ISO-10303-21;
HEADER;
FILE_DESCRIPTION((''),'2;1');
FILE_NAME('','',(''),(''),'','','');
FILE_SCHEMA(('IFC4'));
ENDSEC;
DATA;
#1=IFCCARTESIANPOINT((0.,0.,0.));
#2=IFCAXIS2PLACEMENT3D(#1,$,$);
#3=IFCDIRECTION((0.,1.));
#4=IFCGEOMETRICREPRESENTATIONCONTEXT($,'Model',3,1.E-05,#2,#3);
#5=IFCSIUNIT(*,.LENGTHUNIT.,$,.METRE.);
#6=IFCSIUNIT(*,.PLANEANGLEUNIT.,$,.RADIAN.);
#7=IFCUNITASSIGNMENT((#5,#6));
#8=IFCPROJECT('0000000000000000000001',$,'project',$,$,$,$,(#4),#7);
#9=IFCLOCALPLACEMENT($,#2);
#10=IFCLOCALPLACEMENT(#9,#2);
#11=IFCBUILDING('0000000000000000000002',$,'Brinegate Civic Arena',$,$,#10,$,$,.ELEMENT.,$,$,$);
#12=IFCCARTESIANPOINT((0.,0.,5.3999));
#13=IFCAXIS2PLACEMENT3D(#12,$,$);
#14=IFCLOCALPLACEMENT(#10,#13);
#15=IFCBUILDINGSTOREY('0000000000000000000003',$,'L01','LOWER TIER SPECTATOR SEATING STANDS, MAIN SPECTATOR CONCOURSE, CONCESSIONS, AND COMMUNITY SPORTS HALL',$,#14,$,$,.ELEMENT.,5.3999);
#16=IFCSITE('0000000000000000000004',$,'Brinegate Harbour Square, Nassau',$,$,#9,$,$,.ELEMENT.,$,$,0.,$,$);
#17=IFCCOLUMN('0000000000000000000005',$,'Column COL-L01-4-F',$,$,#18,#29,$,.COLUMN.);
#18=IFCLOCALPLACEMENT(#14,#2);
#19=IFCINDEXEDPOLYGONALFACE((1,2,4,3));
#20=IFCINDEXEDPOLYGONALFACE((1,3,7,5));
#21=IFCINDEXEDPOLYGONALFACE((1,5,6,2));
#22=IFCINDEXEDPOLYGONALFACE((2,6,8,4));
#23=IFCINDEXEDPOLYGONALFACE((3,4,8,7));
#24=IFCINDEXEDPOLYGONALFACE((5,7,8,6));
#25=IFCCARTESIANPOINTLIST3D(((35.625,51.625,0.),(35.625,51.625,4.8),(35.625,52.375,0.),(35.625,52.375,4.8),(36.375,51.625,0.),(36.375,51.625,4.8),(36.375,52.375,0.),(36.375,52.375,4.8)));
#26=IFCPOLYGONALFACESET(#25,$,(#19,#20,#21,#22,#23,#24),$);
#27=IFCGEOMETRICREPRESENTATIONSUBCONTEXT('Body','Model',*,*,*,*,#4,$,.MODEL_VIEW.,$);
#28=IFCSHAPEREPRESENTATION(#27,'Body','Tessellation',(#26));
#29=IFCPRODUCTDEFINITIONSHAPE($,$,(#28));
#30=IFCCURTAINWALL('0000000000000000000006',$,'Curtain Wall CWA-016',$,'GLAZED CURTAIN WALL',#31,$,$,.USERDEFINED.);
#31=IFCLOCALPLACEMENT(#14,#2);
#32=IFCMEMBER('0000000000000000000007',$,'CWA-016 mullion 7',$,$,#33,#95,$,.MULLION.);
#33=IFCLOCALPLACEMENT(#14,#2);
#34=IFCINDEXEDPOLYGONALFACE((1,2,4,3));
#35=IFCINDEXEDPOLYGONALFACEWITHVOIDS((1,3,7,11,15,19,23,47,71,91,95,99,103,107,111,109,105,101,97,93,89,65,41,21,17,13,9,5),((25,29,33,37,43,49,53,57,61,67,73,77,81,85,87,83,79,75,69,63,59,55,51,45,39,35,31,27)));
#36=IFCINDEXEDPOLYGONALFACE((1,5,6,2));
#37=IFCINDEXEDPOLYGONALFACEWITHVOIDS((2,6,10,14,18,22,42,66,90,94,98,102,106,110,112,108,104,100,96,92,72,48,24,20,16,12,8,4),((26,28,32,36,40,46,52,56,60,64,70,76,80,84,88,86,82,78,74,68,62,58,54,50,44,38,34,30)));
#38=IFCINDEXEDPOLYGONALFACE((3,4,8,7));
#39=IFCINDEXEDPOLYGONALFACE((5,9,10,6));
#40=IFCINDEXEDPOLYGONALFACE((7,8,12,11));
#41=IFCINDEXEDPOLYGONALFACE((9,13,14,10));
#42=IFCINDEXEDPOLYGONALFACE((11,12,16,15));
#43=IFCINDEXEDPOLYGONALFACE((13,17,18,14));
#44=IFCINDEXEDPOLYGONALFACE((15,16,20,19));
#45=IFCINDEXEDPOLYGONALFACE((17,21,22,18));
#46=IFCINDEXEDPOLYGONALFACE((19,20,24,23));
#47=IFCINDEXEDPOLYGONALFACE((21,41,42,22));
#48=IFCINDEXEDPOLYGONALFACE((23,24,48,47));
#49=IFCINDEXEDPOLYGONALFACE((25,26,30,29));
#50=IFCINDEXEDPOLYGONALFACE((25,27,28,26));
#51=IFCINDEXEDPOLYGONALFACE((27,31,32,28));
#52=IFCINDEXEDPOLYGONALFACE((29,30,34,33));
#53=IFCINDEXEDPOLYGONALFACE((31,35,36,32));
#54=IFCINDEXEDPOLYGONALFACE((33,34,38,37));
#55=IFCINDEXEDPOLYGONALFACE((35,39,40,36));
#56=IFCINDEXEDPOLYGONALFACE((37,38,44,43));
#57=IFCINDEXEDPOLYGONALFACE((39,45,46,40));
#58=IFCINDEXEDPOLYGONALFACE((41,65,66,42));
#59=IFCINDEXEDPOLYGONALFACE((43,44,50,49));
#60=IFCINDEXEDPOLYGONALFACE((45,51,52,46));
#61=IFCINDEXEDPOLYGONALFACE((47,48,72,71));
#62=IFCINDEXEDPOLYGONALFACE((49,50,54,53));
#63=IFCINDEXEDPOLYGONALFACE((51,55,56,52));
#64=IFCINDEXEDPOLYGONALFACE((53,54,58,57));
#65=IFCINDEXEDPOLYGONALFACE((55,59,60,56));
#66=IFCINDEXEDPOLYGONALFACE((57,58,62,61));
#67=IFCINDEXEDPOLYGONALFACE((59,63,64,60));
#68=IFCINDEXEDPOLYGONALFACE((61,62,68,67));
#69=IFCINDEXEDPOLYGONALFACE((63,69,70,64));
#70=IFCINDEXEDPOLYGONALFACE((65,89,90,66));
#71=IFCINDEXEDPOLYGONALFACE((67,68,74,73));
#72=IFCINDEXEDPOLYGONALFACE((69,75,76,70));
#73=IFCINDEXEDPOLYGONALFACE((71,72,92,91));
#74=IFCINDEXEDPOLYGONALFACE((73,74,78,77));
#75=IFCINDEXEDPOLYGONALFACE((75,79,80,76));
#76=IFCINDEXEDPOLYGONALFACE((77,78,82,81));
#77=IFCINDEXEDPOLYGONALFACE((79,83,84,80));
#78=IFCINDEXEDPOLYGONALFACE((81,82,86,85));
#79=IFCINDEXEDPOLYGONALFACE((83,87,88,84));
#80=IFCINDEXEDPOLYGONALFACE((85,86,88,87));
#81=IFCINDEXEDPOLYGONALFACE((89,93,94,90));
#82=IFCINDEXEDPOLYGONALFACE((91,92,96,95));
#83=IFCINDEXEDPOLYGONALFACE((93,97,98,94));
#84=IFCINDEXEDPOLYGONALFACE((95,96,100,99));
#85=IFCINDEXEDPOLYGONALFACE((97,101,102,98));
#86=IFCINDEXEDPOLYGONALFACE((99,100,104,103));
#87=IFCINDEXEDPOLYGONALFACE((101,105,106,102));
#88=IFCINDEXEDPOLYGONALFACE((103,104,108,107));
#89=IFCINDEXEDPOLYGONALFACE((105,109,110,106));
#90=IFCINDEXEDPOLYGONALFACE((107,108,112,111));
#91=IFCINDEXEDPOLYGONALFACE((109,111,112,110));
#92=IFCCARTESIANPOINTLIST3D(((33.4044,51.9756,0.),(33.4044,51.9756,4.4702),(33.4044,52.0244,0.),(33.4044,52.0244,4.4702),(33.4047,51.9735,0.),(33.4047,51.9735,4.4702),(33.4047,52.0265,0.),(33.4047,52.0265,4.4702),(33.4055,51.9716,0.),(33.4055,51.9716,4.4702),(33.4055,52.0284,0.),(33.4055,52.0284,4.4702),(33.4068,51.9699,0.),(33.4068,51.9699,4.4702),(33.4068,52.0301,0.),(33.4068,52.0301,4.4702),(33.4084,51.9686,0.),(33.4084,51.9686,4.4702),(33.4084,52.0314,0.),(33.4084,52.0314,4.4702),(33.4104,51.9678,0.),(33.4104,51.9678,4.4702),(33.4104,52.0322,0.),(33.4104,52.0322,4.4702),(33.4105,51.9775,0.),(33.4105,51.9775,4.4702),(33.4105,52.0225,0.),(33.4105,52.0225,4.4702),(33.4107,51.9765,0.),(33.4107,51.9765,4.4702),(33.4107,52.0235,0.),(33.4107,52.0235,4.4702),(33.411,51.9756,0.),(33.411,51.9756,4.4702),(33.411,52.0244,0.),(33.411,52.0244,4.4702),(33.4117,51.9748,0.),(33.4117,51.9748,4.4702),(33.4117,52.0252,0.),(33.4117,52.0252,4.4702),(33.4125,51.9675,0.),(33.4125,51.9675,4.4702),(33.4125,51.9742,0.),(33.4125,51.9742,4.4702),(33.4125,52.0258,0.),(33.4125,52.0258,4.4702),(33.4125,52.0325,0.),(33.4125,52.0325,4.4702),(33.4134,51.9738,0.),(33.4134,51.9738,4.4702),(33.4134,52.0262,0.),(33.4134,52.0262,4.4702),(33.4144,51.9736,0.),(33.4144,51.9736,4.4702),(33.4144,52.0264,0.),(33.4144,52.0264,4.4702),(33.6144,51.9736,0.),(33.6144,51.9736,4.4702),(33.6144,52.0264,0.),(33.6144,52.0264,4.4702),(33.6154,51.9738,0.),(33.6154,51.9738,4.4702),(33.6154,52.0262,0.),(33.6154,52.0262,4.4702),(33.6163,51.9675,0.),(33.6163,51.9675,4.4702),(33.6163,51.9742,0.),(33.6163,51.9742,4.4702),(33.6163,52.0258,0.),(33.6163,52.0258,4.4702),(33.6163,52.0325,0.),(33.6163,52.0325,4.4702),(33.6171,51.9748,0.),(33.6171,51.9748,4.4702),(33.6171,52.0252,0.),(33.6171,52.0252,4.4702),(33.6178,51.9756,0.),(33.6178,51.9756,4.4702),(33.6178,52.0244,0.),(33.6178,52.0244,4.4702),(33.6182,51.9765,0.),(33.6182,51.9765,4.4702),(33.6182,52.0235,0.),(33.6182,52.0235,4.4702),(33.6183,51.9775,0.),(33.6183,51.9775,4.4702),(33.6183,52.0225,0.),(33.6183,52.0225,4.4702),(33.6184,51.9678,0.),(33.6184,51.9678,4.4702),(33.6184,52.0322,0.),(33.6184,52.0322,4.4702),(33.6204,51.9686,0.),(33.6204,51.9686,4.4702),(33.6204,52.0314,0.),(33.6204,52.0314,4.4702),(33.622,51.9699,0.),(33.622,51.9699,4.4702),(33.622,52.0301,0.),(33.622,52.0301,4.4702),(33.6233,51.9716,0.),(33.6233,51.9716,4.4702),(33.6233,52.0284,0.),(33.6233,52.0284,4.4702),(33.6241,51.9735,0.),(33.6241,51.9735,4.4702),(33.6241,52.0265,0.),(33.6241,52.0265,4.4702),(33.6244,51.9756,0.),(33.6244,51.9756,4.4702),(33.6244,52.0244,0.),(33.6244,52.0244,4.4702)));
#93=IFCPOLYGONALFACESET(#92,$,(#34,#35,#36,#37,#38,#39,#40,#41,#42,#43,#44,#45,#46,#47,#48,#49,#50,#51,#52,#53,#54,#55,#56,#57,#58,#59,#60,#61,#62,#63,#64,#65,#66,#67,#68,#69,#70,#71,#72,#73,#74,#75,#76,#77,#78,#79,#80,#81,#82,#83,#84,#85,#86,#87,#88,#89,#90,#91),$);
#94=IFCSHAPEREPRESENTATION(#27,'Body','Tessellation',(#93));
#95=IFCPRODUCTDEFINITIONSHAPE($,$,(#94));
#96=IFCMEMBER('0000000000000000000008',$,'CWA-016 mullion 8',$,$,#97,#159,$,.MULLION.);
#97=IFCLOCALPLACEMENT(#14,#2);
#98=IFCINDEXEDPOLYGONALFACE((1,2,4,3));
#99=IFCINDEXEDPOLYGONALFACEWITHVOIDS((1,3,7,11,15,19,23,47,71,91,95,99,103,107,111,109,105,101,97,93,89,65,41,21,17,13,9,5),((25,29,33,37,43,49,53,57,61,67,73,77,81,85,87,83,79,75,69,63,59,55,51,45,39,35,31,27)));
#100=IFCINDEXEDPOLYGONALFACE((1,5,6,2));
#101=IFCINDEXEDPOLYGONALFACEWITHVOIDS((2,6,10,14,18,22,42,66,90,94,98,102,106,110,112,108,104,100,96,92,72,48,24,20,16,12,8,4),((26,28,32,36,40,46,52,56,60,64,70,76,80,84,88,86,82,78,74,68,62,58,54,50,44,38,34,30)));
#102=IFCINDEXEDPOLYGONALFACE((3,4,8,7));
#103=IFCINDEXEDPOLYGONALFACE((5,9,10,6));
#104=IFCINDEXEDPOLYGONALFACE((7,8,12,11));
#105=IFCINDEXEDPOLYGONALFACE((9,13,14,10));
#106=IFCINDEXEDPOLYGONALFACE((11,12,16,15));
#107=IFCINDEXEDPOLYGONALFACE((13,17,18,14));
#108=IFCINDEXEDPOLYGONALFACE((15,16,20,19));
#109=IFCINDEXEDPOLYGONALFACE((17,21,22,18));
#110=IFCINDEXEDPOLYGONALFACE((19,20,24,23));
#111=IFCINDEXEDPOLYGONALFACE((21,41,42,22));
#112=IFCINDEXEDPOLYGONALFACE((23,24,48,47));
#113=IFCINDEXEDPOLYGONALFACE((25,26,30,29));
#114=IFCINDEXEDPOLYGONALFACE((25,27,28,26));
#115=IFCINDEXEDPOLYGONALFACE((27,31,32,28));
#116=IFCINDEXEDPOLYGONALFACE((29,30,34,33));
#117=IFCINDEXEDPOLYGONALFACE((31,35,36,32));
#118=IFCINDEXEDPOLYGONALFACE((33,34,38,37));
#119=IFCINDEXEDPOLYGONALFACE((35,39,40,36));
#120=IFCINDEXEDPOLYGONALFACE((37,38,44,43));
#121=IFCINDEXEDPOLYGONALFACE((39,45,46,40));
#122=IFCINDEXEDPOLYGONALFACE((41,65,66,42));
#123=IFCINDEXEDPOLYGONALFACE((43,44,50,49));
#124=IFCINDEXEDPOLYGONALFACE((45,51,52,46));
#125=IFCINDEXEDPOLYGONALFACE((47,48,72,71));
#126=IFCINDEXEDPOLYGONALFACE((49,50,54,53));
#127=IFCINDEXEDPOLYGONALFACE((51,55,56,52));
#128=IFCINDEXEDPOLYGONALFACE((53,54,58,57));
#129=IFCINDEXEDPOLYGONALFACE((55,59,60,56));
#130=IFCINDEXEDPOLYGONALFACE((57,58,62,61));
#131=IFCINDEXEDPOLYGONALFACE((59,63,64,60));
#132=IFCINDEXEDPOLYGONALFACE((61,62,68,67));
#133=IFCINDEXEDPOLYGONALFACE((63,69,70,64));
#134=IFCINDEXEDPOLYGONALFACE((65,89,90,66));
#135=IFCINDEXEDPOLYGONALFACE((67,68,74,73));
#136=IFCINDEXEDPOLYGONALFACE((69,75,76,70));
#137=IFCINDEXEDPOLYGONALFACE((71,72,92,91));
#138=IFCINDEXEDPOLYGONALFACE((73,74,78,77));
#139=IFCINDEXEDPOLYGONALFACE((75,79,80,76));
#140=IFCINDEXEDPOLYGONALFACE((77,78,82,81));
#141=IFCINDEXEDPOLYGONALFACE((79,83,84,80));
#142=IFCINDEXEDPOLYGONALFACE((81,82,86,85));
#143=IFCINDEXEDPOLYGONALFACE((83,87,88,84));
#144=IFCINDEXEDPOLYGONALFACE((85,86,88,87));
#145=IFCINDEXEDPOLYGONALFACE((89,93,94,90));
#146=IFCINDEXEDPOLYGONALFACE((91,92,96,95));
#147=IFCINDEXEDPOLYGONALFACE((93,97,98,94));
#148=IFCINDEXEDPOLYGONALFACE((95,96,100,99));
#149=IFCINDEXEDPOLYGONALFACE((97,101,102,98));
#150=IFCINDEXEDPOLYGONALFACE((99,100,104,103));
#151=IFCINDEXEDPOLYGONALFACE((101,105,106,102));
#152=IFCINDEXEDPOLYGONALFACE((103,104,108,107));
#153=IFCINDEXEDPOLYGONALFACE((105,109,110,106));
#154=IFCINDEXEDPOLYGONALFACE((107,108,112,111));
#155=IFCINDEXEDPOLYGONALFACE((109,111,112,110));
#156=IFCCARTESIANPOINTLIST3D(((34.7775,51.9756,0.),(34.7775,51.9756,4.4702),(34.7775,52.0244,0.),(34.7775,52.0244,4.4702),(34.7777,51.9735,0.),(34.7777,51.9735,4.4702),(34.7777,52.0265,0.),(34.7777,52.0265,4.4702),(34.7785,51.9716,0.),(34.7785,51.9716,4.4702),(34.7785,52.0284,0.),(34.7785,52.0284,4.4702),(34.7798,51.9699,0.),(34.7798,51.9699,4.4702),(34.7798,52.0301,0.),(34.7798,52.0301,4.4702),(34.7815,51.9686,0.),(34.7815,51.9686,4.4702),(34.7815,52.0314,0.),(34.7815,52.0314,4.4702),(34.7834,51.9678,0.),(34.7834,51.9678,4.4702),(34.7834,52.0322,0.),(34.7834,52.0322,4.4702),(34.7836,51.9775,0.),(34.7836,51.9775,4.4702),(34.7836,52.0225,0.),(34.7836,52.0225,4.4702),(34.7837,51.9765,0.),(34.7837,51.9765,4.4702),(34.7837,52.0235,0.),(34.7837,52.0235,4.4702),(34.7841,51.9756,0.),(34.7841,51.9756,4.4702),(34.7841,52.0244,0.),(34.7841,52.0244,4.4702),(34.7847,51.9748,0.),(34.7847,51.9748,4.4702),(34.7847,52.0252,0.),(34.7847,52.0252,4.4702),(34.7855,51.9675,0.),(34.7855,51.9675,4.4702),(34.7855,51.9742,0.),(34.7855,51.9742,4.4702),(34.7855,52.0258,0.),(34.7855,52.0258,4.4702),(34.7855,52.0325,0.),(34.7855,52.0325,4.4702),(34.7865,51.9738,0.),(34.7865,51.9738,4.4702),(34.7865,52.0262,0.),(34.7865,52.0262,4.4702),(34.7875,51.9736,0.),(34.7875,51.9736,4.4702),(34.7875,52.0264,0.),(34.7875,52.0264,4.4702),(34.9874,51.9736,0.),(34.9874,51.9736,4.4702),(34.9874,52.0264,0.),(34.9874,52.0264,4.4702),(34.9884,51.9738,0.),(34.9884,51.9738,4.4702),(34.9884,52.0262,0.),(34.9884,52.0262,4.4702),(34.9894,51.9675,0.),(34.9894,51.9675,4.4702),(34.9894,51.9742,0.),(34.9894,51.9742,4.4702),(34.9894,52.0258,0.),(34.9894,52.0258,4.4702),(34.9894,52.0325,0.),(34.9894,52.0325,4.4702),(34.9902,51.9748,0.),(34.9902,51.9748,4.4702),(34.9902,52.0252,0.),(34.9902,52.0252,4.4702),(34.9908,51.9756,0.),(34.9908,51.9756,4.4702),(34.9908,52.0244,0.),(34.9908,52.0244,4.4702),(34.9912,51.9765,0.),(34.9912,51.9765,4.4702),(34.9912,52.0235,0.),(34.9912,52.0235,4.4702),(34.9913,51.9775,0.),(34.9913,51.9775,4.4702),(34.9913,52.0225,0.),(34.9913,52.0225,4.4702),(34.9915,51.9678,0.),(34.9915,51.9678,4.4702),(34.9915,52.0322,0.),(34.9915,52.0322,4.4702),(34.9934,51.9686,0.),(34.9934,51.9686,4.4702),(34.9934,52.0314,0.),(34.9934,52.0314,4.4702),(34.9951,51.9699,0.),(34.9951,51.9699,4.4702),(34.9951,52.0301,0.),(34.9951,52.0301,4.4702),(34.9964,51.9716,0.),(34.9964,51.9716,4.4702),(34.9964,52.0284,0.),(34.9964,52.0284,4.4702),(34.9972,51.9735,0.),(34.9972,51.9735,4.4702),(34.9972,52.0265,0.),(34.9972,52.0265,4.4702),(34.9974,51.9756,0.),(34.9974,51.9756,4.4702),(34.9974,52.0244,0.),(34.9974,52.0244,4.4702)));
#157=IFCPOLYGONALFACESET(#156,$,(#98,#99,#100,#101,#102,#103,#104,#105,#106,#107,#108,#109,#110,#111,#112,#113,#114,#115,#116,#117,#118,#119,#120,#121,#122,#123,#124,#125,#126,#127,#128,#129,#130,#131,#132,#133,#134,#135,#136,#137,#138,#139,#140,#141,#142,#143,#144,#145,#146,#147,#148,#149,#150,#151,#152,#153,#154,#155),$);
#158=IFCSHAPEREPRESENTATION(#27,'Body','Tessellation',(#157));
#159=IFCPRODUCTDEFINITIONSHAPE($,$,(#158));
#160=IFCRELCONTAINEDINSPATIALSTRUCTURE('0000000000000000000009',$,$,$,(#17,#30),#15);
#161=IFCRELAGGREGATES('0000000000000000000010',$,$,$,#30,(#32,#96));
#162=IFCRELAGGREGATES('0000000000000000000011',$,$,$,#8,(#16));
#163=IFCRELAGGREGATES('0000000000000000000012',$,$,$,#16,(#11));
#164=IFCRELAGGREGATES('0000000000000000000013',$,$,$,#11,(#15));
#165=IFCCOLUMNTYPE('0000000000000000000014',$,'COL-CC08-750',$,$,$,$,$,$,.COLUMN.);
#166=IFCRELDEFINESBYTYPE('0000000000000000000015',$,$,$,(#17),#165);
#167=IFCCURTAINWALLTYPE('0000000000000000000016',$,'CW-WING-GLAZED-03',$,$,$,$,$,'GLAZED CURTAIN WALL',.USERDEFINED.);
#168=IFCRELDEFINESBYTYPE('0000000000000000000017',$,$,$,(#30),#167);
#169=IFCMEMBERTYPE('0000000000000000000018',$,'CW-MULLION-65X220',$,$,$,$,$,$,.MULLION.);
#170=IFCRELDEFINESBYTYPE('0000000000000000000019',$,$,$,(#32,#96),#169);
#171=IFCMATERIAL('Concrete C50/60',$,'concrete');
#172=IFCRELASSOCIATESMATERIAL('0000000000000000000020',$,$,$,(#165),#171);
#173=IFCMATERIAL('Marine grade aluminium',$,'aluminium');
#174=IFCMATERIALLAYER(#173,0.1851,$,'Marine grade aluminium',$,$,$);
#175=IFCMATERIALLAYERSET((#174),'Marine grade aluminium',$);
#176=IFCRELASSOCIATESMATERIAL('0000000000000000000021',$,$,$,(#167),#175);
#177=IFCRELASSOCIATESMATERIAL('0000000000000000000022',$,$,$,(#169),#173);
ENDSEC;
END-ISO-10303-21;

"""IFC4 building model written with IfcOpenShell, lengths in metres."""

from ifc_helpers import new_model, si_unit, direction, frame, origin, origin_2d, place, context, subcontext, project, spatial, rectangle, hollow_rectangle, extrude, material, layer, layer_set, material_profile, profile_set, type_object, element, aggregate, save


model = new_model("IFC4")

# Units and contexts
model_context = context("Model", 3, precision=1e-05, world=origin(), true_north=direction((0.0, 1.0)))
body_context = subcontext(model_context, "Body", "Model", "MODEL_VIEW")
ifc_project = project(units=[si_unit("LENGTHUNIT", "METRE"), si_unit("PLANEANGLEUNIT", "RADIAN")], contexts=[model_context])

# Site, building, storey
site_placement = place(None, origin())
site = spatial("IfcSite", under=ifc_project, at=site_placement, Name="Brinegate Harbour Square, Nassau", CompositionType="ELEMENT", RefElevation=0.0)
building_placement = place(site_placement, origin())
building = spatial("IfcBuilding", under=site, at=building_placement, Name="Brinegate Civic Arena", CompositionType="ELEMENT")
storey_placement = place(building_placement, frame((0.0, 0.0, 5.3999)))
storey = spatial("IfcBuildingStorey", under=building, at=storey_placement, Name="L01", Description="LOWER TIER SPECTATOR SEATING STANDS, MAIN SPECTATOR CONCOURSE, CONCESSIONS, AND COMMUNITY SPORTS HALL", CompositionType="ELEMENT", Elevation=5.3999)

# Column
ifc_material_1 = material(Name="Concrete C50/60", Category="concrete")
ifc_material_profile_1 = material_profile(ifc_material_1, rectangle(XDim=0.75, YDim=0.75, at=origin_2d()), Name="RC750X750")
ifc_profile_set_1 = profile_set([ifc_material_profile_1], Name="Concrete C50/60")
column_type = type_object("IfcColumnType", Name="COL-CC08-750", PredefinedType="COLUMN", material=ifc_profile_set_1)
column_placement = place(storey_placement, frame((36.0, 52.0, 0.0), z_axis=(0.0, 0.0, 1.0), x_axis=(1.0, 0.0, 0.0)))
element("IfcColumn", 1, at=column_placement, inside=storey, type_object=column_type, Name="Column COL-L01-4-F", PredefinedType="COLUMN", context=body_context, shape_type="SweptSolid", body=[
    extrude(rectangle(XDim=0.75, YDim=0.75, at=origin_2d()), origin(), (0.0, 0.0, 1.0), 4.8),
])

# Curtain wall, members
ifc_material_2 = material(Name="Marine grade aluminium", Category="aluminium")
ifc_layer_1 = layer(ifc_material_2, 0.1851, Name="Marine grade aluminium")
ifc_layer_set_1 = layer_set([ifc_layer_1], Name="Marine grade aluminium")
curtain_wall_type = type_object("IfcCurtainWallType", Name="CW-WING-GLAZED-03", ElementType="GLAZED CURTAIN WALL", PredefinedType="USERDEFINED", material=ifc_layer_set_1)
curtain_wall_1_placement = place(storey_placement, origin())
curtain_wall_1 = element("IfcCurtainWall", 2, at=curtain_wall_1_placement, inside=storey, type_object=curtain_wall_type, Name="Curtain Wall CWA-016", ObjectType="GLAZED CURTAIN WALL", PredefinedType="USERDEFINED")
ifc_material_profile_2 = material_profile(ifc_material_2, hollow_rectangle(XDim=0.0649, YDim=0.22, WallThickness=0.0061, InnerFilletRadius=0.0039, OuterFilletRadius=0.0081, at=origin_2d()), Name="MUL65X220")
ifc_profile_set_2 = profile_set([ifc_material_profile_2], Name="Marine grade aluminium")
member_type_1 = type_object("IfcMemberType", Name="CW-MULLION-65X220", PredefinedType="MULLION", material=ifc_profile_set_2)
member_1_placement = place(storey_placement, frame((33.5144, 52.0, 0.0), z_axis=(0.0, 0.0, 1.0), x_axis=(0.0, 1.0, 0.0)))
member_1 = element("IfcMember", 3, at=member_1_placement, type_object=member_type_1, Name="CWA-016 mullion 7", PredefinedType="MULLION", context=body_context, shape_type="SweptSolid", body=[
    extrude(hollow_rectangle(XDim=0.0649, YDim=0.22, WallThickness=0.0061, InnerFilletRadius=0.0039, OuterFilletRadius=0.0081, at=origin_2d()), origin(), (0.0, 0.0, 1.0), 4.4702),
])
member_2_placement = place(storey_placement, frame((34.8875, 52.0, 0.0), z_axis=(0.0, 0.0, 1.0), x_axis=(0.0, 1.0, 0.0)))
member_2 = element("IfcMember", 4, at=member_2_placement, type_object=member_type_1, Name="CWA-016 mullion 8", PredefinedType="MULLION", context=body_context, shape_type="SweptSolid", body=[
    extrude(hollow_rectangle(XDim=0.0649, YDim=0.22, WallThickness=0.0061, InnerFilletRadius=0.0039, OuterFilletRadius=0.0081, at=origin_2d()), origin(), (0.0, 0.0, 1.0), 4.4702),
])

aggregate(curtain_wall_1, [member_1, member_2])

save(model, "model.ifc")
